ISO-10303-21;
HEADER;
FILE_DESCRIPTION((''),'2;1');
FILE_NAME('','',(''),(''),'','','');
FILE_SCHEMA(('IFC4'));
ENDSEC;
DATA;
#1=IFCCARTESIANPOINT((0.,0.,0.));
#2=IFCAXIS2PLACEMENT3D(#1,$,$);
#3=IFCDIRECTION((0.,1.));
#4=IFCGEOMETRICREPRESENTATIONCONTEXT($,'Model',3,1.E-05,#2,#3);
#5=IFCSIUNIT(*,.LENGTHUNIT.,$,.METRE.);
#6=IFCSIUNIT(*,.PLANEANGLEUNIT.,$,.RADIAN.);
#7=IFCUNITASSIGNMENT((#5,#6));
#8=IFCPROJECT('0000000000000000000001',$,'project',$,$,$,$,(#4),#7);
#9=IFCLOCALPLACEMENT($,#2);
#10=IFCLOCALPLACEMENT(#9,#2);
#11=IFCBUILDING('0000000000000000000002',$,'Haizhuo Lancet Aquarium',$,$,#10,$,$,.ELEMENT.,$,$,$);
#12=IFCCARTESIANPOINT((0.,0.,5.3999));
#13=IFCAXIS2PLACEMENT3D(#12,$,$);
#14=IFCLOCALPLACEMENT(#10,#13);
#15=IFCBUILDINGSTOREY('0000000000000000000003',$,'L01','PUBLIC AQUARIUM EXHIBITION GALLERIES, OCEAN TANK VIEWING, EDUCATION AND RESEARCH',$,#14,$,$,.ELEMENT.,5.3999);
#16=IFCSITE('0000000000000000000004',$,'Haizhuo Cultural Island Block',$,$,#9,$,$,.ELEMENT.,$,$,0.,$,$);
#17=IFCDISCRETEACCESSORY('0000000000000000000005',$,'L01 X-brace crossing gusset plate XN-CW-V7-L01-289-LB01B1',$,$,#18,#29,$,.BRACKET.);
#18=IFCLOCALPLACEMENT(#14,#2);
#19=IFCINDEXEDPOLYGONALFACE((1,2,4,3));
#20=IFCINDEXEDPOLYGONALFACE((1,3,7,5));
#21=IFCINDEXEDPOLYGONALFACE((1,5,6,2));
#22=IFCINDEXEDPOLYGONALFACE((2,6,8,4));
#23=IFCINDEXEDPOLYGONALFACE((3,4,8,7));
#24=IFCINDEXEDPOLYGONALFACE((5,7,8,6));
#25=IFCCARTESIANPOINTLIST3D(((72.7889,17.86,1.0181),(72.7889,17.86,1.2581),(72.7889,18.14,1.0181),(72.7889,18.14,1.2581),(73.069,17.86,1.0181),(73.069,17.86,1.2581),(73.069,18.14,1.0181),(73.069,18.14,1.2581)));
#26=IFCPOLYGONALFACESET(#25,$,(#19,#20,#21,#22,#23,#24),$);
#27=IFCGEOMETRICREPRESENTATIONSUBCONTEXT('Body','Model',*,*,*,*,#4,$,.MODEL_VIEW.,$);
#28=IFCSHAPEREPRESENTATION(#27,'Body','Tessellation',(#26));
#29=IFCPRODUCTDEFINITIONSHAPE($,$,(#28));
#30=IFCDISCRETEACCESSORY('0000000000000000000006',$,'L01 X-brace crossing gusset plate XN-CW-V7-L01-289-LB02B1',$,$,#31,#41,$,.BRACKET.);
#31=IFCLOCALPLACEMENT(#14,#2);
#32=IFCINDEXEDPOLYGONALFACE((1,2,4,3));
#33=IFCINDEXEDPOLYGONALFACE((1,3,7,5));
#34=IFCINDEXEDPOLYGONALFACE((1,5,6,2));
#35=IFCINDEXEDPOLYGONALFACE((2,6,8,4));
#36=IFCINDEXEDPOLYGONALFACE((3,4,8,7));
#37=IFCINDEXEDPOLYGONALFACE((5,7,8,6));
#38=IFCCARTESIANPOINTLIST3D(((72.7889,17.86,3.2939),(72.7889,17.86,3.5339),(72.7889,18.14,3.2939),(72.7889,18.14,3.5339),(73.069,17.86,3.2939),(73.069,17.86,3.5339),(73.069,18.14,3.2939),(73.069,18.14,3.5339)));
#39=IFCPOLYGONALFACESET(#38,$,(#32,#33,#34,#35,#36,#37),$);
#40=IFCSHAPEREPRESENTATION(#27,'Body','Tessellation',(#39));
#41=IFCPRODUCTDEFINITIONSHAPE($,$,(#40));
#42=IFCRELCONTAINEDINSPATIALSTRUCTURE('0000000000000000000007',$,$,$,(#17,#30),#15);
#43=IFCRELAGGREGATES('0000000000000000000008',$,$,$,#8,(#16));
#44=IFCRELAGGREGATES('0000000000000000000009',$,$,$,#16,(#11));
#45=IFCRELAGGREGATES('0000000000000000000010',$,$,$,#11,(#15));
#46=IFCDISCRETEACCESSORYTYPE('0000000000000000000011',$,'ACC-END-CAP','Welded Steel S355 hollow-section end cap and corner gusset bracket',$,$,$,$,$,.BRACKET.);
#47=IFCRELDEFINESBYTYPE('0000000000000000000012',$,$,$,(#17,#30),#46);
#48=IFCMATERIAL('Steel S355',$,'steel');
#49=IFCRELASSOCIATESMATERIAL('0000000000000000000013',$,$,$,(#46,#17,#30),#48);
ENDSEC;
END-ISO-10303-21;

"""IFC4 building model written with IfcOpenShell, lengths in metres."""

from ifc_helpers import new_model, si_unit, direction, frame, origin, origin_2d, place, context, subcontext, project, spatial, rectangle, extrude, material, type_object, element, save


model = new_model("IFC4")

# Units and contexts
model_context = context("Model", 3, precision=1e-05, world=origin(), true_north=direction((0.0, 1.0)))
body_context = subcontext(model_context, "Body", "Model", "MODEL_VIEW")
ifc_project = project(units=[si_unit("LENGTHUNIT", "METRE"), si_unit("PLANEANGLEUNIT", "RADIAN")], contexts=[model_context])

# Site, building, storey
site_placement = place(None, origin())
site = spatial("IfcSite", under=ifc_project, at=site_placement, Name="Haizhuo Cultural Island Block", CompositionType="ELEMENT", RefElevation=0.0)
building_placement = place(site_placement, origin())
building = spatial("IfcBuilding", under=site, at=building_placement, Name="Haizhuo Lancet Aquarium", CompositionType="ELEMENT")
storey_placement = place(building_placement, frame((0.0, 0.0, 5.3999)))
storey = spatial("IfcBuildingStorey", under=building, at=storey_placement, Name="L01", Description="PUBLIC AQUARIUM EXHIBITION GALLERIES, OCEAN TANK VIEWING, EDUCATION AND RESEARCH", CompositionType="ELEMENT", Elevation=5.3999)

# Shared definitions
ifc_material_1 = material(Name="Steel S355", Category="steel")

# Discrete accessories
discrete_accessory_type = type_object("IfcDiscreteAccessoryType", Name="ACC-END-CAP", Description="Welded Steel S355 hollow-section end cap and corner gusset bracket", PredefinedType="BRACKET", material=ifc_material_1)
for number, where, z_axis, x_axis, name in (
    (1, (72.929, 18.0, 1.0181), (0.0, 0.0, 1.0), (1.0, 0.0, 0.0), "L01 X-brace crossing gusset plate XN-CW-V7-L01-289-LB01B1"),
    (2, (72.929, 18.0, 3.2939), (0.0, 0.0, 1.0), (1.0, 0.0, 0.0), "L01 X-brace crossing gusset plate XN-CW-V7-L01-289-LB02B1"),
):
    element("IfcDiscreteAccessory", number, at=place(storey_placement, frame(where, z_axis=z_axis, x_axis=x_axis)), inside=storey, type_object=discrete_accessory_type, material=ifc_material_1, Name=name, PredefinedType="BRACKET", context=body_context, shape_type="SweptSolid", body=[
        extrude(rectangle(XDim=0.28, YDim=0.28, at=origin_2d()), origin(), (0.0, 0.0, 1.0), 0.24),
    ])

save(model, "model.ifc")
